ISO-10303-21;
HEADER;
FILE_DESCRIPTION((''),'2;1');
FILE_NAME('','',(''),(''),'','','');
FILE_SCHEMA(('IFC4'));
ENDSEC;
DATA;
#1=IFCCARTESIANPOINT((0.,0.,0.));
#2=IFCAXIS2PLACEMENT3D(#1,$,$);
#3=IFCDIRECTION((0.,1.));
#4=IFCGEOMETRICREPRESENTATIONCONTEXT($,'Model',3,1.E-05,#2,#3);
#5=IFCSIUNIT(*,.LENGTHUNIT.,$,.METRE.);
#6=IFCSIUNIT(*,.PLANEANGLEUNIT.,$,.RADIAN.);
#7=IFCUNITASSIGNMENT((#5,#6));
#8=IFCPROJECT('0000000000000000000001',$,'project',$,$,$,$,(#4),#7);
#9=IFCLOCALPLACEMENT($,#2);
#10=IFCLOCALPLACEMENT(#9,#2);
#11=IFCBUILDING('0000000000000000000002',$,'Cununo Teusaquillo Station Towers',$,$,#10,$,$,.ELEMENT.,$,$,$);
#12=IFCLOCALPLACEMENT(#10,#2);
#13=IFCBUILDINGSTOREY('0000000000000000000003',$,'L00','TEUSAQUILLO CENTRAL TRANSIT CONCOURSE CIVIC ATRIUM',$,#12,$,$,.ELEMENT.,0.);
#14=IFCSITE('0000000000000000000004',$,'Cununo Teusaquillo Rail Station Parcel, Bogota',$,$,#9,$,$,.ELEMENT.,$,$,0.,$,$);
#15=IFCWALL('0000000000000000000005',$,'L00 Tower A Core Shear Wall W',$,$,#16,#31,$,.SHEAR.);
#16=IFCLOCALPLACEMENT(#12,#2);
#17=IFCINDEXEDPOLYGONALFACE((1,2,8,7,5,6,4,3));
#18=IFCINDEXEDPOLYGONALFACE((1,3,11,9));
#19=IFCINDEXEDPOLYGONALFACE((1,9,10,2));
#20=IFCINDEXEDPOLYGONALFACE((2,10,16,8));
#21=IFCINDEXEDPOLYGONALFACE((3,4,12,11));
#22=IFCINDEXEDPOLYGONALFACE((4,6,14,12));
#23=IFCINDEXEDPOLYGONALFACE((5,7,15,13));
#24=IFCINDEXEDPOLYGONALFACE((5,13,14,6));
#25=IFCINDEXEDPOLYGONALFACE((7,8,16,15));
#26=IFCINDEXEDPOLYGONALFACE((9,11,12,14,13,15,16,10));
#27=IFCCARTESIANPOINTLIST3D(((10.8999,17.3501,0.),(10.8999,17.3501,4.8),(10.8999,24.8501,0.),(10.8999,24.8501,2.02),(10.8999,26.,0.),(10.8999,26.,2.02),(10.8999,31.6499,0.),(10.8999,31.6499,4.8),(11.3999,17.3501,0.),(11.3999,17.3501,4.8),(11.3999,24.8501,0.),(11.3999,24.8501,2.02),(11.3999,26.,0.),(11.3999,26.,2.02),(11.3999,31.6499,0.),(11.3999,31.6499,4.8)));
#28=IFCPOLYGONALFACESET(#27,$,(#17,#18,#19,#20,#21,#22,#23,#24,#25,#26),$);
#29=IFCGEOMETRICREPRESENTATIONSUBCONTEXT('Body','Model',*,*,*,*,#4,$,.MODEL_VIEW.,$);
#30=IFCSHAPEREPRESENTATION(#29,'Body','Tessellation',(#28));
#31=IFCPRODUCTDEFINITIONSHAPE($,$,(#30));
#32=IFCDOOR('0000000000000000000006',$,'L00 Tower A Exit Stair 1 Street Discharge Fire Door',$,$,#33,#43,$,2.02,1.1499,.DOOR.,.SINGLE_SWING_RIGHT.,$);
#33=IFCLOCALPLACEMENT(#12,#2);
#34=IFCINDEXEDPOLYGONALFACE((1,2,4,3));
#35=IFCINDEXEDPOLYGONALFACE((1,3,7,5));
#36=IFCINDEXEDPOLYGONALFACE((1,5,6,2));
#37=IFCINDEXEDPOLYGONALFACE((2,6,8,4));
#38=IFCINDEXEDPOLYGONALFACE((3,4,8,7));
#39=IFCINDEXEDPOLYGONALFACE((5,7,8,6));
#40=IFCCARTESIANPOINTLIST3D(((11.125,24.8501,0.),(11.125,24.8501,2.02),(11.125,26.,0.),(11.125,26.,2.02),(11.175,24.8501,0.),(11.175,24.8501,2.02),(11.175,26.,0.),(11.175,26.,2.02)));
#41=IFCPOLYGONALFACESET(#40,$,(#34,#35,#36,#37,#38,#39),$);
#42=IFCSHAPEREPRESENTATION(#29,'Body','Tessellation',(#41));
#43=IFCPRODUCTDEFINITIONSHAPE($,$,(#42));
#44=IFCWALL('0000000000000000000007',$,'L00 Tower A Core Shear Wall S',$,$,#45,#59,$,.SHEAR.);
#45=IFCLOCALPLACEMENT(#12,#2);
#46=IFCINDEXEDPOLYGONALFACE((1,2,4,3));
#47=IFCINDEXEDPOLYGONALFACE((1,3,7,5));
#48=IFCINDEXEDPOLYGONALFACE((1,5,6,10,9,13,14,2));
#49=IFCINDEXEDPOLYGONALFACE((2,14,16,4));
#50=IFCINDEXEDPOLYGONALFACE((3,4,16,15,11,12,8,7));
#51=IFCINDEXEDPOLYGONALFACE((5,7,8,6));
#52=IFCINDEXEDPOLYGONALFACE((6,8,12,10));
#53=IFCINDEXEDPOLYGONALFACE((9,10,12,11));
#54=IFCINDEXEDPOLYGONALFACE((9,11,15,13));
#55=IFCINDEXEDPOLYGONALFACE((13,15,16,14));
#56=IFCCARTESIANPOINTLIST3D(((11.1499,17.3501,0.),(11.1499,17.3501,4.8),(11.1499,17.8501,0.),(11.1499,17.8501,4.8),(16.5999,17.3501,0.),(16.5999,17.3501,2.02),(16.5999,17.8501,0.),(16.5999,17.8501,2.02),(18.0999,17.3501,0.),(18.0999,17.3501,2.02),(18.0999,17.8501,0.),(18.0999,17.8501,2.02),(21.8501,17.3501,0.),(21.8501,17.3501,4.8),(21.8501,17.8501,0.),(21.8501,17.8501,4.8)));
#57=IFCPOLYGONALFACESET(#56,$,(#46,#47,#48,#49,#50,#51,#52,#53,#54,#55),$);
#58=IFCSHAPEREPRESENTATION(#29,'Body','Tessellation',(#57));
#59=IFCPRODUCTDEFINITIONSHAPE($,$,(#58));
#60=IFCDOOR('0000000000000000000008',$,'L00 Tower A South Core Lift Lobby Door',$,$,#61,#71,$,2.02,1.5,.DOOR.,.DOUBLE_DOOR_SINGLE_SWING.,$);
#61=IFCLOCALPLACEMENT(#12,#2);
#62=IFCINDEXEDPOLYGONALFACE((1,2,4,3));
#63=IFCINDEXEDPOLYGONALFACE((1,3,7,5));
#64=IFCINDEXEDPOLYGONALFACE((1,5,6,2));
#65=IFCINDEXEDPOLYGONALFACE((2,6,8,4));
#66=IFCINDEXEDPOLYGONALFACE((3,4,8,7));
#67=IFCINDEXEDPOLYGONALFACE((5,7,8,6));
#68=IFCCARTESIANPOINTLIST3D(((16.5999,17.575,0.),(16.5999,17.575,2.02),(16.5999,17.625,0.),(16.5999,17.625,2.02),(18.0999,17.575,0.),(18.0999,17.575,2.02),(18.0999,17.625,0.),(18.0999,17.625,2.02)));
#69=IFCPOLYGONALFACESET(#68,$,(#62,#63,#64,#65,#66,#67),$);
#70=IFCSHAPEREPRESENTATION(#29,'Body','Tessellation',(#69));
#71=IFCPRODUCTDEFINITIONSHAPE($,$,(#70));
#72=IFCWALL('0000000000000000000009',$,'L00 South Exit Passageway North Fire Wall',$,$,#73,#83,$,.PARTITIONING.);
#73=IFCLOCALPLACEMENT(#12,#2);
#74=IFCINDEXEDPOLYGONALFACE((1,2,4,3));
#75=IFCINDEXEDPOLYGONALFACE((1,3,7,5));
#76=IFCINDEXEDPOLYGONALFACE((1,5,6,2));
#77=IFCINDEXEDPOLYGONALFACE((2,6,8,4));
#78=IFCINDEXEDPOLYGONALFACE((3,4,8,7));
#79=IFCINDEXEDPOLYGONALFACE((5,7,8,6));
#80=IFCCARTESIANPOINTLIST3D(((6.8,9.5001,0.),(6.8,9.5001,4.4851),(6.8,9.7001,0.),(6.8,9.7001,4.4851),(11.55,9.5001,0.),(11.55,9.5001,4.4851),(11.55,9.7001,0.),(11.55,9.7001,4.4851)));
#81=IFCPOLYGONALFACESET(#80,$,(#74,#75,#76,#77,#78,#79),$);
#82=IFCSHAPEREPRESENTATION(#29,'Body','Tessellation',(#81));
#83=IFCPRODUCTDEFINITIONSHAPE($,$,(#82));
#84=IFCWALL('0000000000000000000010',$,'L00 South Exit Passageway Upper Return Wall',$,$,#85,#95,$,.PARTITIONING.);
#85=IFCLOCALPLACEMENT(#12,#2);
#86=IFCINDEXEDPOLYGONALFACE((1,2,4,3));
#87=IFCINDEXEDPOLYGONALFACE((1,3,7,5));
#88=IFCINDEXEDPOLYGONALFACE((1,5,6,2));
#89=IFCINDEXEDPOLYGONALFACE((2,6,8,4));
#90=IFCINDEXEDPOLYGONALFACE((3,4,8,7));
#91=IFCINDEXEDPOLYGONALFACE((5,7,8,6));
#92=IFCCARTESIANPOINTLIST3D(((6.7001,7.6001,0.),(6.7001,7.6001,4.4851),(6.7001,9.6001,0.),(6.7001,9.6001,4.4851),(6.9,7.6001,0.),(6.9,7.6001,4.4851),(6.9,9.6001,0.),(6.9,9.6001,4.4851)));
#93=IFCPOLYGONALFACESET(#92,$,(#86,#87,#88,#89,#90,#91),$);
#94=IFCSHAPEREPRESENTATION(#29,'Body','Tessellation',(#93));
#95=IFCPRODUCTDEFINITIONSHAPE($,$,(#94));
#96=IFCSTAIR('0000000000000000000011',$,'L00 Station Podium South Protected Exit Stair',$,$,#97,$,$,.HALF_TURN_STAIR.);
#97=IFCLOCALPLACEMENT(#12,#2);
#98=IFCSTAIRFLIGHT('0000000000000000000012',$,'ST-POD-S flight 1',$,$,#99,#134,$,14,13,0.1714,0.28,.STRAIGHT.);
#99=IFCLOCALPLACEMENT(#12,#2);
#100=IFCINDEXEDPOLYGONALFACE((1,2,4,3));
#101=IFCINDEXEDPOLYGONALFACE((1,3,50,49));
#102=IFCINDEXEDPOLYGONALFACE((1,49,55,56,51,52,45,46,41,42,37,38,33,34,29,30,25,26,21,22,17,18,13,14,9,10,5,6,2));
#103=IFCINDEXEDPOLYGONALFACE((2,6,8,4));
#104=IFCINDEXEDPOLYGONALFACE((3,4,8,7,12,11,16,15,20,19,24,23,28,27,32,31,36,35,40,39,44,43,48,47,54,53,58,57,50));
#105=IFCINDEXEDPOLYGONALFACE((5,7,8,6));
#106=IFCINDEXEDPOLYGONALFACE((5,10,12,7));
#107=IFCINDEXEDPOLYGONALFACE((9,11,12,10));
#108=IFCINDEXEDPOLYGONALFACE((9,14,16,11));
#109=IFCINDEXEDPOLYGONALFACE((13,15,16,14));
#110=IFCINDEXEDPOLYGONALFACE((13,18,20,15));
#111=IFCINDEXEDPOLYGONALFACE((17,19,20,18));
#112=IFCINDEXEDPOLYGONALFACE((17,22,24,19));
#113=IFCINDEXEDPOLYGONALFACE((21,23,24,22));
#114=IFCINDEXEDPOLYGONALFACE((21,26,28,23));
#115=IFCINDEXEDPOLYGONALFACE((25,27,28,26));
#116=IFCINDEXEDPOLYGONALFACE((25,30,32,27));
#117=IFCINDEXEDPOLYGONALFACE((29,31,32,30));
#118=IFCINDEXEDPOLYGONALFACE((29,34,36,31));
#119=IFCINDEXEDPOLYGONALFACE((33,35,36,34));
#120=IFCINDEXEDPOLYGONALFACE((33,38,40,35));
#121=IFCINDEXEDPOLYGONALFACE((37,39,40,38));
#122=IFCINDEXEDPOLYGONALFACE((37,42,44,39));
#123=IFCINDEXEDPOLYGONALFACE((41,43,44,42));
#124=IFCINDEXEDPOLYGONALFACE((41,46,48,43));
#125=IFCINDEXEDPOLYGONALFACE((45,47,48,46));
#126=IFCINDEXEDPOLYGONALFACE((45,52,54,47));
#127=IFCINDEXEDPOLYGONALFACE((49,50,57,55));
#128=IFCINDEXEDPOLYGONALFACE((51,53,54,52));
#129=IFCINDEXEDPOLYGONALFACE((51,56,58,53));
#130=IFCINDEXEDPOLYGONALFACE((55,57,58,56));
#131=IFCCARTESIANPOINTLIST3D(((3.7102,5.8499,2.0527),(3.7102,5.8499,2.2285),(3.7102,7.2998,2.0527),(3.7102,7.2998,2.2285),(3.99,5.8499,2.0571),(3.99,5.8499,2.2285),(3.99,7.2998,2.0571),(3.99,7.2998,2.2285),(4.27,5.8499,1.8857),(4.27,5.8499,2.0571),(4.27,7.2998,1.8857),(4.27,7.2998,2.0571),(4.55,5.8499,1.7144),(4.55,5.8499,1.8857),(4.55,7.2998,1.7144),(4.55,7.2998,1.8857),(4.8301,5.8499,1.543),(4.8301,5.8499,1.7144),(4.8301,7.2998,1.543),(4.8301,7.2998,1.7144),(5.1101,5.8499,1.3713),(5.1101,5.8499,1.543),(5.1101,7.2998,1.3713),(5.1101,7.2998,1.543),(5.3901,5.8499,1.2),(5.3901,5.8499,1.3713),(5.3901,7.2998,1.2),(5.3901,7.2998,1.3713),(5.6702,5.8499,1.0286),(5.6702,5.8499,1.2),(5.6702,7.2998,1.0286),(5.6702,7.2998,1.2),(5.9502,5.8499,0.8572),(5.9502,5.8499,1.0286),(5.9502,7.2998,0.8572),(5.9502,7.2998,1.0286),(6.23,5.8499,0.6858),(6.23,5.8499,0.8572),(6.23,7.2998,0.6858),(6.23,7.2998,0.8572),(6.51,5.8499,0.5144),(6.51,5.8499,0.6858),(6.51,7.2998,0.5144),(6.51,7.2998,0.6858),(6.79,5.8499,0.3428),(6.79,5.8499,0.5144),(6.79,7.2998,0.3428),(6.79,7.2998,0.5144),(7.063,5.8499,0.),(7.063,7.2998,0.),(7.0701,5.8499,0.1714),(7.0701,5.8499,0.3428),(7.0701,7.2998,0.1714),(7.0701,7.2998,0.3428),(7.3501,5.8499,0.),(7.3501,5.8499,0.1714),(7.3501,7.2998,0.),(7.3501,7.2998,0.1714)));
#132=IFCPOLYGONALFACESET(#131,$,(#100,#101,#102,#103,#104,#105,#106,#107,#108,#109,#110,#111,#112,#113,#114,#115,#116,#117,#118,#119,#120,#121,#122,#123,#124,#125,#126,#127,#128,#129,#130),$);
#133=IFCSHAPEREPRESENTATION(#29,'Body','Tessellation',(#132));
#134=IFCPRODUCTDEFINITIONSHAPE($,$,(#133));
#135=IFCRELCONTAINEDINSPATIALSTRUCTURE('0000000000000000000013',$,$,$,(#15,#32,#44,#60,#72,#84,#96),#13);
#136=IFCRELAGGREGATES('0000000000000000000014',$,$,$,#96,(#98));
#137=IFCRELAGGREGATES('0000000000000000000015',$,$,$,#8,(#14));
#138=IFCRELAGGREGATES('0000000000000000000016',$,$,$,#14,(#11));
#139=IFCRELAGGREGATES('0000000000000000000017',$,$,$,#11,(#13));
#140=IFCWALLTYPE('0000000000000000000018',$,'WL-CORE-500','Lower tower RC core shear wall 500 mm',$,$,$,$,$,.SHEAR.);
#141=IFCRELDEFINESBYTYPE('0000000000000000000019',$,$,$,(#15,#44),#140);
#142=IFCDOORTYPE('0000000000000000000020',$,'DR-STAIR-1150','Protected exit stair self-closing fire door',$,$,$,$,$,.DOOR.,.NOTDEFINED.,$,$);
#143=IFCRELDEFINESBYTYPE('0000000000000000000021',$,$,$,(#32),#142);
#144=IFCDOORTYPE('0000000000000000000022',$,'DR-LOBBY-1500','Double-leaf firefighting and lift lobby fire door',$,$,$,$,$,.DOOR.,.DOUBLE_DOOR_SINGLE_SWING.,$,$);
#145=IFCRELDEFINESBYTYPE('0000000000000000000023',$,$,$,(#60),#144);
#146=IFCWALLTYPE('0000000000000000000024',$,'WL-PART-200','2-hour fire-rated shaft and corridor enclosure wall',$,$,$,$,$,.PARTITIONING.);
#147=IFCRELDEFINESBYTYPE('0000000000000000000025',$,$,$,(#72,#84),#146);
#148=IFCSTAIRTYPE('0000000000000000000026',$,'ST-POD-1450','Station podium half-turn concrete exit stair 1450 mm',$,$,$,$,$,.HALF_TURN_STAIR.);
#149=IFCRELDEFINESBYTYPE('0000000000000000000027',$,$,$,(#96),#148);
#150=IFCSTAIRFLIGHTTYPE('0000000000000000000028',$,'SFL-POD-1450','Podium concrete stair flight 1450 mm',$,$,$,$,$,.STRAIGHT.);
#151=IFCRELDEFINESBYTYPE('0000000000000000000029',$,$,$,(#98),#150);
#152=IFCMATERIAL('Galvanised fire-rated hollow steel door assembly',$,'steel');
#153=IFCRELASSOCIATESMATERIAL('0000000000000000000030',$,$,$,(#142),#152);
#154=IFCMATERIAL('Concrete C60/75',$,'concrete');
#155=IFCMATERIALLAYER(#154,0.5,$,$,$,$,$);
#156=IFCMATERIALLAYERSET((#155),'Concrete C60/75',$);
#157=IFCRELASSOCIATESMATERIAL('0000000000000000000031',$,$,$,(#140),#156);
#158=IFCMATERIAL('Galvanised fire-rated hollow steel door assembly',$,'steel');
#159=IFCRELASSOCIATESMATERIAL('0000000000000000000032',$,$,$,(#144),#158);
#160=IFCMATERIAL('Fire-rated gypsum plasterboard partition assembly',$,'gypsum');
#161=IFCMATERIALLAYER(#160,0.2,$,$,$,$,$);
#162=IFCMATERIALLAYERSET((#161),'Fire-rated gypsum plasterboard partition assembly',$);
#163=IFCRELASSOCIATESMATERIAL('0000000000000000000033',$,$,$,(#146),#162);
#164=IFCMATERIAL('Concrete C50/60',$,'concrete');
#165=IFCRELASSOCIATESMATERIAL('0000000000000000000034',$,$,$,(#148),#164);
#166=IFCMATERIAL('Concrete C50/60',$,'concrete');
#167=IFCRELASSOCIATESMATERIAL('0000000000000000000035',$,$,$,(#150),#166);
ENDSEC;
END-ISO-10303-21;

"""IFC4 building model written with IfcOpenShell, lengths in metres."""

from ifc_helpers import new_model, si_unit, direction, frame, frame_2d, origin, place, context, subcontext, project, spatial, polyline, rectangle, outline, extrude, source, transform, mapped, material, layer, layer_set, type_object, element, fill, aggregate, save


model = new_model("IFC4")

# Units and contexts
model_context = context("Model", 3, precision=1e-05, world=origin(), true_north=direction((0.0, 1.0)))
body_context = subcontext(model_context, "Body", "Model", "MODEL_VIEW")
ifc_project = project(units=[si_unit("LENGTHUNIT", "METRE"), si_unit("PLANEANGLEUNIT", "RADIAN")], contexts=[model_context])

# Site, building, storey
site_placement = place(None, origin())
site = spatial("IfcSite", under=ifc_project, at=site_placement, Name="Cununo Teusaquillo Rail Station Parcel, Bogota", CompositionType="ELEMENT", RefElevation=0.0)
building_placement = place(site_placement, origin())
building = spatial("IfcBuilding", under=site, at=building_placement, Name="Cununo Teusaquillo Station Towers", CompositionType="ELEMENT")
storey_placement = place(building_placement, origin())
storey = spatial("IfcBuildingStorey", under=building, at=storey_placement, Name="L00", Description="TEUSAQUILLO CENTRAL TRANSIT CONCOURSE CIVIC ATRIUM", CompositionType="ELEMENT", Elevation=0.0)

# Walls, openings, doors
ifc_material_1 = material(Name="Galvanised fire-rated hollow steel door assembly", Category="steel")
door_type_1 = type_object("IfcDoorType", Name="DR-STAIR-1150", Description="Protected exit stair self-closing fire door", OperationType="NOTDEFINED", PredefinedType="DOOR", material=ifc_material_1)
shared_shape_1 = source(origin(), body_context, "Body", "SweptSolid", [
    extrude(rectangle(XDim=1.1499, YDim=2.02, at=frame_2d((0.575, 1.01))), frame((0.0, 0.0249, 0.0), z_axis=(0.0, -1.0, 0.0), x_axis=(1.0, 0.0, 0.0)), (0.0, 0.0, 1.0), 0.05),
])
ifc_material_2 = material(Name="Concrete C60/75", Category="concrete")
ifc_layer_1 = layer(ifc_material_2, 0.5)
ifc_layer_set_1 = layer_set([ifc_layer_1], Name="Concrete C60/75")
wall_type_1 = type_object("IfcWallType", Name="WL-CORE-500", Description="Lower tower RC core shear wall 500 mm", PredefinedType="SHEAR", material=ifc_layer_set_1)
wall_1_placement = place(storey_placement, frame((11.1499, 17.3501, 0.0), z_axis=(0.0, 0.0, 1.0), x_axis=(0.0, 1.0, 0.0)))
wall_1 = element("IfcWall", 1, at=wall_1_placement, inside=storey, type_object=wall_type_1, Name="L00 Tower A Core Shear Wall W", PredefinedType="SHEAR", context=body_context, shape_type="SweptSolid", body=[
    extrude(rectangle(XDim=14.2998, YDim=0.5, at=frame_2d((7.1499, 0.0))), origin(), (0.0, 0.0, 1.0), 4.8),
])
shared_shape_2 = source(origin(), body_context, "Body", "SweptSolid", [
    extrude(rectangle(XDim=1.1499, YDim=2.02, at=frame_2d((0.575, 1.01))), frame((0.0, 0.26, 0.0), z_axis=(0.0, -1.0, 0.0), x_axis=(1.0, 0.0, 0.0)), (0.0, 0.0, 1.0), 0.52),
])
opening_1_placement = place(wall_1_placement, frame((7.5, 0.0, 0.0)))
opening_1 = element("IfcOpeningElement", 2, at=opening_1_placement, cuts=wall_1, PredefinedType="OPENING", context=body_context, shape_type="MappedRepresentation", body=[
    mapped(shared_shape_2, transform((0.0, 0.0, 0.0), x_axis=(1.0, 0.0, 0.0), y_axis=(0.0, 1.0, 0.0), z_axis=(0.0, 0.0, 1.0), scale=1.0)),
])
door_1_placement = place(opening_1_placement, origin())
door_1 = element("IfcDoor", 3, at=door_1_placement, inside=storey, type_object=door_type_1, Name="L00 Tower A Exit Stair 1 Street Discharge Fire Door", OperationType="SINGLE_SWING_RIGHT", OverallHeight=2.02, OverallWidth=1.1499, PredefinedType="DOOR", context=body_context, shape_type="MappedRepresentation", body=[
    mapped(shared_shape_1, transform((0.0, 0.0, 0.0), x_axis=(1.0, 0.0, 0.0), y_axis=(0.0, 1.0, 0.0), z_axis=(0.0, 0.0, 1.0), scale=1.0)),
])
fill(opening_1, door_1)
wall_2_placement = place(storey_placement, frame((11.1499, 17.6001, 0.0), z_axis=(0.0, 0.0, 1.0), x_axis=(1.0, 0.0, 0.0)))
wall_2 = element("IfcWall", 4, at=wall_2_placement, inside=storey, type_object=wall_type_1, Name="L00 Tower A Core Shear Wall S", PredefinedType="SHEAR", context=body_context, shape_type="SweptSolid", body=[
    extrude(rectangle(XDim=10.7002, YDim=0.5, at=frame_2d((5.3501, 0.0))), origin(), (0.0, 0.0, 1.0), 4.8),
])
shared_shape_3 = source(origin(), body_context, "Body", "SweptSolid", [
    extrude(rectangle(XDim=1.5, YDim=2.02, at=frame_2d((0.75, 1.01))), frame((0.0, 0.26, 0.0), z_axis=(0.0, -1.0, 0.0), x_axis=(1.0, 0.0, 0.0)), (0.0, 0.0, 1.0), 0.52),
])
opening_2_placement = place(wall_2_placement, frame((5.45, 0.0, 0.0)))
opening_2 = element("IfcOpeningElement", 5, at=opening_2_placement, cuts=wall_2, PredefinedType="OPENING", context=body_context, shape_type="MappedRepresentation", body=[
    mapped(shared_shape_3, transform((0.0, 0.0, 0.0), x_axis=(1.0, 0.0, 0.0), y_axis=(0.0, 1.0, 0.0), z_axis=(0.0, 0.0, 1.0), scale=1.0)),
])
ifc_material_3 = material(Name="Galvanised fire-rated hollow steel door assembly", Category="steel")
door_type_2 = type_object("IfcDoorType", Name="DR-LOBBY-1500", Description="Double-leaf firefighting and lift lobby fire door", OperationType="DOUBLE_DOOR_SINGLE_SWING", PredefinedType="DOOR", material=ifc_material_3)
shared_shape_4 = source(origin(), body_context, "Body", "SweptSolid", [
    extrude(rectangle(XDim=1.5, YDim=2.02, at=frame_2d((0.75, 1.01))), frame((0.0, 0.0249, 0.0), z_axis=(0.0, -1.0, 0.0), x_axis=(1.0, 0.0, 0.0)), (0.0, 0.0, 1.0), 0.05),
])
door_2_placement = place(opening_2_placement, origin())
door_2 = element("IfcDoor", 6, at=door_2_placement, inside=storey, type_object=door_type_2, Name="L00 Tower A South Core Lift Lobby Door", OperationType="DOUBLE_DOOR_SINGLE_SWING", OverallHeight=2.02, OverallWidth=1.5, PredefinedType="DOOR", context=body_context, shape_type="MappedRepresentation", body=[
    mapped(shared_shape_4, transform((0.0, 0.0, 0.0), x_axis=(1.0, 0.0, 0.0), y_axis=(0.0, 1.0, 0.0), z_axis=(0.0, 0.0, 1.0), scale=1.0)),
])
fill(opening_2, door_2)

# Walls
ifc_material_4 = material(Name="Fire-rated gypsum plasterboard partition assembly", Category="gypsum")
ifc_layer_2 = layer(ifc_material_4, 0.2)
ifc_layer_set_2 = layer_set([ifc_layer_2], Name="Fire-rated gypsum plasterboard partition assembly")
wall_type_2 = type_object("IfcWallType", Name="WL-PART-200", Description="2-hour fire-rated shaft and corridor enclosure wall", PredefinedType="PARTITIONING", material=ifc_layer_set_2)
wall_3_placement = place(storey_placement, frame((6.8, 9.6001, 0.0), z_axis=(0.0, 0.0, 1.0), x_axis=(1.0, 0.0, 0.0)))
element("IfcWall", 7, at=wall_3_placement, inside=storey, type_object=wall_type_2, Name="L00 South Exit Passageway North Fire Wall", PredefinedType="PARTITIONING", context=body_context, shape_type="SweptSolid", body=[
    extrude(rectangle(XDim=4.75, YDim=0.2, at=frame_2d((2.375, 0.0))), origin(), (0.0, 0.0, 1.0), 4.4851),
])
wall_4_placement = place(storey_placement, frame((6.8, 7.6001, 0.0), z_axis=(0.0, 0.0, 1.0), x_axis=(0.0, 1.0, 0.0)))
element("IfcWall", 8, at=wall_4_placement, inside=storey, type_object=wall_type_2, Name="L00 South Exit Passageway Upper Return Wall", PredefinedType="PARTITIONING", context=body_context, shape_type="SweptSolid", body=[
    extrude(rectangle(XDim=2.0, YDim=0.2, at=frame_2d((1.0, 0.0))), origin(), (0.0, 0.0, 1.0), 4.4851),
])

# Stair, stair flight
ifc_material_5 = material(Name="Concrete C50/60", Category="concrete")
stair_type = type_object("IfcStairType", Name="ST-POD-1450", Description="Station podium half-turn concrete exit stair 1450 mm", PredefinedType="HALF_TURN_STAIR", material=ifc_material_5)
stair_placement = place(storey_placement, origin())
stair = element("IfcStair", 9, at=stair_placement, inside=storey, type_object=stair_type, Name="L00 Station Podium South Protected Exit Stair", PredefinedType="HALF_TURN_STAIR")
ifc_material_6 = material(Name="Concrete C50/60", Category="concrete")
stair_flight_type = type_object("IfcStairFlightType", Name="SFL-POD-1450", Description="Podium concrete stair flight 1450 mm", PredefinedType="STRAIGHT", material=ifc_material_6)
stair_flight_placement = place(storey_placement, frame((7.3501, 6.575, 0.0), z_axis=(0.0, 0.0, 1.0), x_axis=(-1.0, 0.0, 0.0)))
stair_flight = element("IfcStairFlight", 10, at=stair_flight_placement, type_object=stair_flight_type, Name="ST-POD-S flight 1", NumberOfRisers=14, NumberOfTreads=13, PredefinedType="STRAIGHT", RiserHeight=0.1714, TreadLength=0.28, context=body_context, shape_type="SweptSolid", body=[
    extrude(outline(polyline([(0.0, 0.0), (0.0, 0.1714), (0.28, 0.1714), (0.28, 0.3428), (0.5601, 0.3428), (0.5601, 0.5144), (0.8401, 0.5144), (0.8401, 0.6858), (1.1201, 0.6858), (1.1201, 0.8572), (1.3999, 0.8572), (1.3999, 1.0286), (1.6799, 1.0286), (1.6799, 1.2), (1.96, 1.2), (1.96, 1.3713), (2.24, 1.3713), (2.24, 1.543), (2.52, 1.543), (2.52, 1.7144), (2.8, 1.7144), (2.8, 1.8857), (3.0801, 1.8857), (3.0801, 2.0571), (3.3601, 2.0571), (3.3601, 2.2285), (3.6399, 2.2285), (3.6399, 2.3999), (3.6399, 2.0527), (0.2871, 0.0), (0.0, 0.0)])), frame((0.0, 0.7251, 0.0), z_axis=(0.0, -1.0, 0.0), x_axis=(1.0, 0.0, 0.0)), (0.0, 0.0, 1.0), 1.45),
])
aggregate(stair, [stair_flight])

save(model, "model.ifc")
